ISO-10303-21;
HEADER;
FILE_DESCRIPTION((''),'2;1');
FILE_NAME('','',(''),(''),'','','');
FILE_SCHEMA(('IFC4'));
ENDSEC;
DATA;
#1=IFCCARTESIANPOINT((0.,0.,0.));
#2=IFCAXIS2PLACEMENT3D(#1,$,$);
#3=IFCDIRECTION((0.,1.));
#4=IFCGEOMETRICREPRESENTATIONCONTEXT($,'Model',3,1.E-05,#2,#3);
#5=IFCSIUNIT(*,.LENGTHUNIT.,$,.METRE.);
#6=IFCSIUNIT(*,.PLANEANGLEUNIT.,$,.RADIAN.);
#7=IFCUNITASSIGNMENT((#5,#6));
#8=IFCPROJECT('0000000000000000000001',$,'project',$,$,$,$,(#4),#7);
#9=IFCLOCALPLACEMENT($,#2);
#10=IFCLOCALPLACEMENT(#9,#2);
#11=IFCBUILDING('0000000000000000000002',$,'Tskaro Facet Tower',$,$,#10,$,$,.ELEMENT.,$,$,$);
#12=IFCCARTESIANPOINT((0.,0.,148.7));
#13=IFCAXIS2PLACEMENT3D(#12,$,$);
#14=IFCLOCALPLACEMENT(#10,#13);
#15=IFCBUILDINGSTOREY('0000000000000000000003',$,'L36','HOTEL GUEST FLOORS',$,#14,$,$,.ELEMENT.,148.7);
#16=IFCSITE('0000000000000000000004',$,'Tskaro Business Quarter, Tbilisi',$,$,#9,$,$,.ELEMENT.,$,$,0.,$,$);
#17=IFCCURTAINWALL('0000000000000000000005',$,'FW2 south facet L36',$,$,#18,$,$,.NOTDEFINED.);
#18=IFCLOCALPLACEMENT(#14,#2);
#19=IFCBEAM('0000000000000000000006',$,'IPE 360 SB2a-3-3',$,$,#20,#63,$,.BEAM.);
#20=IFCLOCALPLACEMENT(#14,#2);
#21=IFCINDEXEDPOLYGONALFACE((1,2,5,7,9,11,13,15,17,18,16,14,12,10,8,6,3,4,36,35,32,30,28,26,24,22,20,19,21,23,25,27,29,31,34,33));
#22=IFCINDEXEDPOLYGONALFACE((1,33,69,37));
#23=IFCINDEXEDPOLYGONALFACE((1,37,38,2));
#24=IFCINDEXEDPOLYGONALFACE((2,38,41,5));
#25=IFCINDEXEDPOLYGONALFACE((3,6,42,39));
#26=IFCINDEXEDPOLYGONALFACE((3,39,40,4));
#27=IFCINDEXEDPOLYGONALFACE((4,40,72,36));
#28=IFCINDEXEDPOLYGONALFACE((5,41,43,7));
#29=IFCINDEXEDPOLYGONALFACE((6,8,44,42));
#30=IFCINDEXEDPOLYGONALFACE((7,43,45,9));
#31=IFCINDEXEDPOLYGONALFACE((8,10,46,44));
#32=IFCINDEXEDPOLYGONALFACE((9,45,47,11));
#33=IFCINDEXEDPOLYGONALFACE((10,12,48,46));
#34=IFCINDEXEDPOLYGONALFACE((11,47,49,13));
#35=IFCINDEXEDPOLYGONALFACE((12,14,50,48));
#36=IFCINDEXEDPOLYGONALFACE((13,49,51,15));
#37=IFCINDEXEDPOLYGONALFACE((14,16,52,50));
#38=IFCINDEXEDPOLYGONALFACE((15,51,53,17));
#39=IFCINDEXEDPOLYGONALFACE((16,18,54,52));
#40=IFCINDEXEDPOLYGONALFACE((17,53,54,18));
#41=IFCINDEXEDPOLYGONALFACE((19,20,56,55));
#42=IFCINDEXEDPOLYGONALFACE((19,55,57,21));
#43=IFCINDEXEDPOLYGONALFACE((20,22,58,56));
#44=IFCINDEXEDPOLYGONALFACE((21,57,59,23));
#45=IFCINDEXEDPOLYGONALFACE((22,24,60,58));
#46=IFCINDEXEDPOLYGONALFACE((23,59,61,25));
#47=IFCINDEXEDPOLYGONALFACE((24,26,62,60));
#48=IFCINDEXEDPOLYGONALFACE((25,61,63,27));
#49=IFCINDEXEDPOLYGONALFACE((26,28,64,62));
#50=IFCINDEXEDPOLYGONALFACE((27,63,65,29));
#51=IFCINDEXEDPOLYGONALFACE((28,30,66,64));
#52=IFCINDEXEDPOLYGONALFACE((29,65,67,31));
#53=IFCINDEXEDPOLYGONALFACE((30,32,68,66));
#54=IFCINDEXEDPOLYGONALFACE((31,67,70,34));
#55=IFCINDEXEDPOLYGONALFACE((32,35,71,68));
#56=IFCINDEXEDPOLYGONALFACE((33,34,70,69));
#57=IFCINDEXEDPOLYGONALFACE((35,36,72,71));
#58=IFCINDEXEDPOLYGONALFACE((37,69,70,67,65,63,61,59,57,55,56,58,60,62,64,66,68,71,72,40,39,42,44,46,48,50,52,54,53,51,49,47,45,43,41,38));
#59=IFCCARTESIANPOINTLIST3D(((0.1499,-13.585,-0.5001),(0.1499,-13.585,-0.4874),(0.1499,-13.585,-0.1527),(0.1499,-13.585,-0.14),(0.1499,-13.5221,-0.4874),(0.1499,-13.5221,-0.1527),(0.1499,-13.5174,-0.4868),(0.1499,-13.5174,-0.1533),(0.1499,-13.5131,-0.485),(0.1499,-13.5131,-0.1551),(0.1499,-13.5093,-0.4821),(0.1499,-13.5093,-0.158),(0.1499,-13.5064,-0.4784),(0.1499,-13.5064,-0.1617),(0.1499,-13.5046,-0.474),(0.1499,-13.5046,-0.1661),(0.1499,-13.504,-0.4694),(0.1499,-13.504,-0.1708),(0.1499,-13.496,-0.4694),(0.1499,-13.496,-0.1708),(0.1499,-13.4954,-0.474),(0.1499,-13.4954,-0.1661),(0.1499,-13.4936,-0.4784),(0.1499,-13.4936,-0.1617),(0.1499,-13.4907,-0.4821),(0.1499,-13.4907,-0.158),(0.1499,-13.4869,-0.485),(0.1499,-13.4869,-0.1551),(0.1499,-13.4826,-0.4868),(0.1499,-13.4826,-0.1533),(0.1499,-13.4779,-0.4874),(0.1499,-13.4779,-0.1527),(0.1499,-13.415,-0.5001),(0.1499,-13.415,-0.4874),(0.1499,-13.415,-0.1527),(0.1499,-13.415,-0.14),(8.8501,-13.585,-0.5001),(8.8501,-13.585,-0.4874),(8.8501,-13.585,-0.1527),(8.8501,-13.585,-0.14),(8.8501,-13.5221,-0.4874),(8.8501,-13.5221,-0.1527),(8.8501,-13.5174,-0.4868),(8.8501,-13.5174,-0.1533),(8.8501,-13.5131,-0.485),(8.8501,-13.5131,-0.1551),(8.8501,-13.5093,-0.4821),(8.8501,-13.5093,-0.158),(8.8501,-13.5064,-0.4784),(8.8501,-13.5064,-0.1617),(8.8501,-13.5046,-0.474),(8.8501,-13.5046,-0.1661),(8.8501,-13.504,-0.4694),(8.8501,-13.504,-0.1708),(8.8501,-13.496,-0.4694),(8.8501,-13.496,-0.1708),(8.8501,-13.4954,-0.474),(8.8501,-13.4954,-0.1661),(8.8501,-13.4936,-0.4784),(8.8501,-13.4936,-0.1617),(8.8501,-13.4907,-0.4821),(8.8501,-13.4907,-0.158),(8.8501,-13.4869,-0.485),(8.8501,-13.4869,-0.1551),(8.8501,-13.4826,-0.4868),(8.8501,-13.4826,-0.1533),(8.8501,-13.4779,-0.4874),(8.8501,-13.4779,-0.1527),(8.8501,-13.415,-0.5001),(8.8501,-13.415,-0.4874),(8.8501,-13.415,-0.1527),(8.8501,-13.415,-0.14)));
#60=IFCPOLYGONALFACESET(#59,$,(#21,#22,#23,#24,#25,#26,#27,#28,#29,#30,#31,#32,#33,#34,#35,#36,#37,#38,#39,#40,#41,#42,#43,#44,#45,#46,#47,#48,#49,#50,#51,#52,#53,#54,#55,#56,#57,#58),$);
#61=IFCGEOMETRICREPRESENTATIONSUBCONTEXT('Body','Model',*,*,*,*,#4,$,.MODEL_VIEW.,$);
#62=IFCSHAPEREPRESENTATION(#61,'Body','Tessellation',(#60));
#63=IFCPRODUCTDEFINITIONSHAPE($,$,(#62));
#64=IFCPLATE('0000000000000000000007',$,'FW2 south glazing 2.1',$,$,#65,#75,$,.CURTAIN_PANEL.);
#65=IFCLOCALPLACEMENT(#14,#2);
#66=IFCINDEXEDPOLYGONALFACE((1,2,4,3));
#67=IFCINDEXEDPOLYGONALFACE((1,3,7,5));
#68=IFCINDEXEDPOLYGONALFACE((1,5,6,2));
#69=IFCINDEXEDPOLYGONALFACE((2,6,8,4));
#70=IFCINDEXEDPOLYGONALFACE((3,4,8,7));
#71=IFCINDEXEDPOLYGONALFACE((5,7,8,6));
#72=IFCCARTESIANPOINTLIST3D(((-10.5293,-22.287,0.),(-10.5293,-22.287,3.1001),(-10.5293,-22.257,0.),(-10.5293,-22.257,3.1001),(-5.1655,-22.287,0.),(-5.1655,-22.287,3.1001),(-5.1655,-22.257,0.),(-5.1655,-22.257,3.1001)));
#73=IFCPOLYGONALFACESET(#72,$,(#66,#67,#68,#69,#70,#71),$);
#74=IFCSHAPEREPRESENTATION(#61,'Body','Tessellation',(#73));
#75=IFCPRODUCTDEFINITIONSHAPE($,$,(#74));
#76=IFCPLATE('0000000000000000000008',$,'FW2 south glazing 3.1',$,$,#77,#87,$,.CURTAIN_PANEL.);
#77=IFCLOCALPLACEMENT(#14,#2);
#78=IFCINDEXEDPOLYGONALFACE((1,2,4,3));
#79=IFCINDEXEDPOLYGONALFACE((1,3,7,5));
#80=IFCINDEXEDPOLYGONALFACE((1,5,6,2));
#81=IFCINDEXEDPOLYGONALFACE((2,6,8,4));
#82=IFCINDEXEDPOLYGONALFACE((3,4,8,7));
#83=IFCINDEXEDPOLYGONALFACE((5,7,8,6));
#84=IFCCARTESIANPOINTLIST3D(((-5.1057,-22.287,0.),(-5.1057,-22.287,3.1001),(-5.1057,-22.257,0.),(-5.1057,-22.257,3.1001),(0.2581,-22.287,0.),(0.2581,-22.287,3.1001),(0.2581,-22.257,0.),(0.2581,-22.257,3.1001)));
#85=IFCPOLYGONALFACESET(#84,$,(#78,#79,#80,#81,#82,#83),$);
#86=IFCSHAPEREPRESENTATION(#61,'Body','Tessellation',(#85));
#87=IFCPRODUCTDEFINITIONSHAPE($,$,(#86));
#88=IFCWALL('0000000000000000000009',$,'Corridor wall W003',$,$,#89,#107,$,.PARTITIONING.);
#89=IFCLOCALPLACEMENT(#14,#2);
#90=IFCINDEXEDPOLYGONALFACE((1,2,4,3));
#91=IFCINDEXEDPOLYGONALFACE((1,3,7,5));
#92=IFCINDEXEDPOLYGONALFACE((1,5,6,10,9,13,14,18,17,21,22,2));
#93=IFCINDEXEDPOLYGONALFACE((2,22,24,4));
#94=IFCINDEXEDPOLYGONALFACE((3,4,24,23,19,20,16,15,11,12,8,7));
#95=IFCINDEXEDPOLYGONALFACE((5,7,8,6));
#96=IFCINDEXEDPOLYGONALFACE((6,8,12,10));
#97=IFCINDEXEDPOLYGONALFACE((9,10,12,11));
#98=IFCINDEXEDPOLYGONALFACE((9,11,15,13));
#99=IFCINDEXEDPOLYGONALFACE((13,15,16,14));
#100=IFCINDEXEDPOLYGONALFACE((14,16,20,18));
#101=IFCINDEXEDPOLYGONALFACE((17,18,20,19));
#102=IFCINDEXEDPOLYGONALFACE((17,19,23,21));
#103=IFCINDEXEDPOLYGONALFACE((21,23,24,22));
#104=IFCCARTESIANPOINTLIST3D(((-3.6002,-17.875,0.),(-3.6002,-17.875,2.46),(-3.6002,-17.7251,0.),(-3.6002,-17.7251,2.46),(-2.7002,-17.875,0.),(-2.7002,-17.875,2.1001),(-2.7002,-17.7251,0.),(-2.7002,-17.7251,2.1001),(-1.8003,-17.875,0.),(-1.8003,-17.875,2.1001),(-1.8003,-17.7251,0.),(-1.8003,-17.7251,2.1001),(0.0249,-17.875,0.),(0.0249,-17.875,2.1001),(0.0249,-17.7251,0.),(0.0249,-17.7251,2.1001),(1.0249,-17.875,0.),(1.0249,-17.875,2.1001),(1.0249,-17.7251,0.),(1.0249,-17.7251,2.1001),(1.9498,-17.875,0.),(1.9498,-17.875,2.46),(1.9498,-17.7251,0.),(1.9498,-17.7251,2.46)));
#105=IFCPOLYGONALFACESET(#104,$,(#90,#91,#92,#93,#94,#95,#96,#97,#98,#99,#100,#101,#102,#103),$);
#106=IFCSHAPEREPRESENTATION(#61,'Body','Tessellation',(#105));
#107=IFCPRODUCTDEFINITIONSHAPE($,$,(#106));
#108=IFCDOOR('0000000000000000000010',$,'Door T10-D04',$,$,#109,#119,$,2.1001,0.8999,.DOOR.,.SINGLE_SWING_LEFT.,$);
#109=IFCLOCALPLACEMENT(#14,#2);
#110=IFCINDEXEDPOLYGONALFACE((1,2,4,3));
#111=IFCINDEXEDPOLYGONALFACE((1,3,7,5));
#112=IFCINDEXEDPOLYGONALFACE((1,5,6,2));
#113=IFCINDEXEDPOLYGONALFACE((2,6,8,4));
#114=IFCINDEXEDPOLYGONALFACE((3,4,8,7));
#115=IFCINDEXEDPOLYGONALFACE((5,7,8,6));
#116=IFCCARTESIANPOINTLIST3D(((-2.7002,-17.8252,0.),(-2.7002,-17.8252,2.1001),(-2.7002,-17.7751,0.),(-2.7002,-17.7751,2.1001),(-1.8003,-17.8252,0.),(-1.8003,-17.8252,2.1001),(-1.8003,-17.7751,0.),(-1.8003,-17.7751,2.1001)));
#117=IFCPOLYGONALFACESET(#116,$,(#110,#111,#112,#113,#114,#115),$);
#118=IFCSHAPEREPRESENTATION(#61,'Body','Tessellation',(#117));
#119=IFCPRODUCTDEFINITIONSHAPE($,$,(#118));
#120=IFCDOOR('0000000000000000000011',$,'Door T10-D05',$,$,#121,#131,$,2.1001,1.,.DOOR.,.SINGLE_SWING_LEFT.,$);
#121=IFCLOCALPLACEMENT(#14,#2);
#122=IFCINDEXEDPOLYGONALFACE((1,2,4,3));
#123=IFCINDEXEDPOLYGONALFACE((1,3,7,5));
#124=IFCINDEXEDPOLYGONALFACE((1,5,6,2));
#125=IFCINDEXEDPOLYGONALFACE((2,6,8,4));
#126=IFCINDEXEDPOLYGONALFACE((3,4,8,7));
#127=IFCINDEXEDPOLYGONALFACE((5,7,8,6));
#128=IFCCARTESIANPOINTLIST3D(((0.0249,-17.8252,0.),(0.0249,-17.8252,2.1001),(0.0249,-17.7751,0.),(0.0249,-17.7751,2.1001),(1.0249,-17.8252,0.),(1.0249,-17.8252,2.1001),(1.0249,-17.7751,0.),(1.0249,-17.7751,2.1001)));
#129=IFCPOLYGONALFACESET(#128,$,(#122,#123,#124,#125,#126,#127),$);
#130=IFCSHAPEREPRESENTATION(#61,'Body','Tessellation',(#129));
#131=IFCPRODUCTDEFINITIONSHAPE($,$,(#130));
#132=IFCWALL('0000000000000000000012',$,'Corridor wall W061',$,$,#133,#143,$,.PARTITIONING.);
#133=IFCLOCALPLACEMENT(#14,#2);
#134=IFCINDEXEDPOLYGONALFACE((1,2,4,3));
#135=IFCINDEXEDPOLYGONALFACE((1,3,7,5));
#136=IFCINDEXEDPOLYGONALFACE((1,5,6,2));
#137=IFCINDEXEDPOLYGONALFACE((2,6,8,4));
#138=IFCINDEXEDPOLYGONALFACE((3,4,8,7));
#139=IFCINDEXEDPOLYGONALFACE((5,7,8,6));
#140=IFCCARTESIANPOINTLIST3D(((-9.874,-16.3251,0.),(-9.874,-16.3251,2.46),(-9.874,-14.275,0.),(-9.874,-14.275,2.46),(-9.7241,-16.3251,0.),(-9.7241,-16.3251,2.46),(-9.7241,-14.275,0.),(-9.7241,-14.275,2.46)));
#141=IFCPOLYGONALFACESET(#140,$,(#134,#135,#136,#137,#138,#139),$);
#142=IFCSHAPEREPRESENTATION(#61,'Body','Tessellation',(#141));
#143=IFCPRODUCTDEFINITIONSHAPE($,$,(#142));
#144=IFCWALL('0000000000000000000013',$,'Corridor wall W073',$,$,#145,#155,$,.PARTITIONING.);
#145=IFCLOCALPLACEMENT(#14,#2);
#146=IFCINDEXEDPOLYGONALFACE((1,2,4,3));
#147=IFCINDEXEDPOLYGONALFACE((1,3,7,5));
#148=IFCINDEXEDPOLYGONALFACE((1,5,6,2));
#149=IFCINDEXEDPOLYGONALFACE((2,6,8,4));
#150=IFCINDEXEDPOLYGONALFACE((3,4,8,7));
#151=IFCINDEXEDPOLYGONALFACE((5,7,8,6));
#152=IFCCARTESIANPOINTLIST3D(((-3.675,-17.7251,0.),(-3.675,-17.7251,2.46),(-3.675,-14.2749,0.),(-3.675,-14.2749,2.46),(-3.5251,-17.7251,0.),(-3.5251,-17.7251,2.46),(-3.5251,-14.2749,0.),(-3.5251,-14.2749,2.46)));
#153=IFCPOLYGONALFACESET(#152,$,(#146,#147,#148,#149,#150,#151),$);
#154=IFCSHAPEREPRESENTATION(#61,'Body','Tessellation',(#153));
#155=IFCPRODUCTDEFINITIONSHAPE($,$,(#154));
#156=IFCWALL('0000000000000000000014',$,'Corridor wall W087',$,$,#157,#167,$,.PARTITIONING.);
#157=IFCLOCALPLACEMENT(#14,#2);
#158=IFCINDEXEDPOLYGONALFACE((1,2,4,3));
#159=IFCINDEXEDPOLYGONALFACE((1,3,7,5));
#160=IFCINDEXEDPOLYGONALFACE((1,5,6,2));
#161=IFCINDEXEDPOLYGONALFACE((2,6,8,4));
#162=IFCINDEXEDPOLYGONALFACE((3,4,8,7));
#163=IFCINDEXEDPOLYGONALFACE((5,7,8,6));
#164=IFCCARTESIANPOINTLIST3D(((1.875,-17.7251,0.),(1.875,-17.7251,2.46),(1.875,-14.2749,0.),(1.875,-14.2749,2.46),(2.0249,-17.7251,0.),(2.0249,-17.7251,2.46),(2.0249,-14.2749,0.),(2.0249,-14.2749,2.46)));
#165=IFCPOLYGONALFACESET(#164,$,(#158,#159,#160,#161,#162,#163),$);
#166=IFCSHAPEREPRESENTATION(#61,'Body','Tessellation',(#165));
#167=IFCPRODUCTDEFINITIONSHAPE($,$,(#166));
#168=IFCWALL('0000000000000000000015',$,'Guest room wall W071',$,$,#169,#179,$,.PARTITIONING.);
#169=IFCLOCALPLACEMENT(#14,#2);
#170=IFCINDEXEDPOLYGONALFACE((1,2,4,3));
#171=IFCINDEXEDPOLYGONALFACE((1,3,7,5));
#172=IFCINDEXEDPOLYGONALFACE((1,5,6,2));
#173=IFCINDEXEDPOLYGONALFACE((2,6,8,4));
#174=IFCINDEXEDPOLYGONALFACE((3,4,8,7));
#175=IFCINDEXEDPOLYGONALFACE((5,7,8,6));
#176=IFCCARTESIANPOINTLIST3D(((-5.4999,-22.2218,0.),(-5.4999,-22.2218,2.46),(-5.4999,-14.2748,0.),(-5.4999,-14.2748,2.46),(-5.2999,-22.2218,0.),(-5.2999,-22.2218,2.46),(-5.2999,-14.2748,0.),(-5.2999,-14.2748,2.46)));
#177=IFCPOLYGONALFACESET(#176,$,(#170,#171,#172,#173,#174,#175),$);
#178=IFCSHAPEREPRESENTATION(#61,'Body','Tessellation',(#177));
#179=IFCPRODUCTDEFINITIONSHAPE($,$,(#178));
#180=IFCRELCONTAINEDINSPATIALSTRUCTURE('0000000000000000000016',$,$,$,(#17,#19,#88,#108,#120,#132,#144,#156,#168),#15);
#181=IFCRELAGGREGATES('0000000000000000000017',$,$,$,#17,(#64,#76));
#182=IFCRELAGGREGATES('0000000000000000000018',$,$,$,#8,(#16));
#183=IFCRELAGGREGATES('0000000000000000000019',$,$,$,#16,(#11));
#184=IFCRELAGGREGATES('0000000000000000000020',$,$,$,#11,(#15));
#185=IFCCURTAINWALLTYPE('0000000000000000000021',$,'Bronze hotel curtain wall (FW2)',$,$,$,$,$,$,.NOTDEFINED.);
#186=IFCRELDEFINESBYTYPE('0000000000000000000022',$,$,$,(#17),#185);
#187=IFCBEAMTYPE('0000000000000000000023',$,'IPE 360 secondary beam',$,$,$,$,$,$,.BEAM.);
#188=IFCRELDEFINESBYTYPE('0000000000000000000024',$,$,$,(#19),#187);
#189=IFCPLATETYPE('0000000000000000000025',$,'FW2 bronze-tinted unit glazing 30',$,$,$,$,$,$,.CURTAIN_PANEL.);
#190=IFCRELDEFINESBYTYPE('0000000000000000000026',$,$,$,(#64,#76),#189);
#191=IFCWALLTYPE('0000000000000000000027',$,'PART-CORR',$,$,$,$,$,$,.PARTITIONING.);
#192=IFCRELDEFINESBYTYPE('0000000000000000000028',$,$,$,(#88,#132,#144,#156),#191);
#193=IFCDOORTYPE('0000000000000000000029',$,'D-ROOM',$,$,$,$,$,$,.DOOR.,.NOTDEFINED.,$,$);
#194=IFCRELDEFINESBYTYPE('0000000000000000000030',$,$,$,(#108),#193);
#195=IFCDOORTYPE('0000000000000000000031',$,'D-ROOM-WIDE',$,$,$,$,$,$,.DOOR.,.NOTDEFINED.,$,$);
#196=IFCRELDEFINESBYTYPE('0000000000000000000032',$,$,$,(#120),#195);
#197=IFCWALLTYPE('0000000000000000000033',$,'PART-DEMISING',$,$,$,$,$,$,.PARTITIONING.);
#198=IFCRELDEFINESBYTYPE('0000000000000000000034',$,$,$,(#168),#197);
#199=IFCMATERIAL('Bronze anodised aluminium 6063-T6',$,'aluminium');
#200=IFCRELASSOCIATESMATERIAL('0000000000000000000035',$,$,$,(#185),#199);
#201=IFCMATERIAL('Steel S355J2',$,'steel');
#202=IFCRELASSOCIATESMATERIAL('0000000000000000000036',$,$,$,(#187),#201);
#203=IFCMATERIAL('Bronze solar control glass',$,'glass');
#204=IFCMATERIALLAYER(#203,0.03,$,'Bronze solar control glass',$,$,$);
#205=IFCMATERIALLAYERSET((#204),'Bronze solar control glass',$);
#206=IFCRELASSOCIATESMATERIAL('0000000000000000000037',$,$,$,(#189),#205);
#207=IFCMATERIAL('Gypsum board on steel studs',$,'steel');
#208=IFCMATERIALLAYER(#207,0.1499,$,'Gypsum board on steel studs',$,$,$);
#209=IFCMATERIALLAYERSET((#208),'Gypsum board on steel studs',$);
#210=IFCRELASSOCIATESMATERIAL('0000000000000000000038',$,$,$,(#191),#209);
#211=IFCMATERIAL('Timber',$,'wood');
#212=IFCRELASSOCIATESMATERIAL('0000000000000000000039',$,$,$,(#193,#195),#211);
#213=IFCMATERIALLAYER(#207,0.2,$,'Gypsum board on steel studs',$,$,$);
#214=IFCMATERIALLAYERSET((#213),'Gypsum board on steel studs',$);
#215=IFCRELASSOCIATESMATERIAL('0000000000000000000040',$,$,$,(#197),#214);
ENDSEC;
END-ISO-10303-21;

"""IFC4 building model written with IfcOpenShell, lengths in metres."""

from ifc_helpers import new_model, si_unit, direction, frame, frame_2d, origin, origin_2d, place, context, subcontext, project, spatial, rectangle, i_section, extrude, material, layer, layer_set, material_profile, profile_set, type_object, element, fill, aggregate, save


model = new_model("IFC4")

# Units and contexts
model_context = context("Model", 3, precision=1e-05, world=origin(), true_north=direction((0.0, 1.0)))
body_context = subcontext(model_context, "Body", "Model", "MODEL_VIEW")
ifc_project = project(units=[si_unit("LENGTHUNIT", "METRE"), si_unit("PLANEANGLEUNIT", "RADIAN")], contexts=[model_context])

# Site, building, storey
site_placement = place(None, origin())
site = spatial("IfcSite", under=ifc_project, at=site_placement, Name="Tskaro Business Quarter, Tbilisi", CompositionType="ELEMENT", RefElevation=0.0)
building_placement = place(site_placement, origin())
building = spatial("IfcBuilding", under=site, at=building_placement, Name="Tskaro Facet Tower", CompositionType="ELEMENT")
storey_placement = place(building_placement, frame((0.0, 0.0, 148.7)))
storey = spatial("IfcBuildingStorey", under=building, at=storey_placement, Name="L36", Description="HOTEL GUEST FLOORS", CompositionType="ELEMENT", Elevation=148.7)

# Curtain wall
ifc_material_1 = material(Name="Bronze anodised aluminium 6063-T6", Category="aluminium")
curtain_wall_type = type_object("IfcCurtainWallType", Name="Bronze hotel curtain wall (FW2)", PredefinedType="NOTDEFINED", material=ifc_material_1)
curtain_wall_placement = place(storey_placement, origin())
curtain_wall = element("IfcCurtainWall", 1, at=curtain_wall_placement, inside=storey, type_object=curtain_wall_type, Name="FW2 south facet L36", PredefinedType="NOTDEFINED")

# Beam
ifc_material_2 = material(Name="Steel S355J2", Category="steel")
ifc_material_profile_1 = material_profile(ifc_material_2, i_section(OverallWidth=0.1699, OverallDepth=0.3601, WebThickness=0.0081, FlangeThickness=0.0127, FilletRadius=0.0181, at=origin_2d()), Name="IPE 360")
ifc_profile_set_1 = profile_set([ifc_material_profile_1], Name="Steel S355J2")
beam_type_1 = type_object("IfcBeamType", Name="IPE 360 secondary beam", PredefinedType="BEAM", material=ifc_profile_set_1)
for number, where, z_axis, x_axis, name in (
    (2, (0.1499, -13.5, -0.3201), (1.0, 0.0, 0.0), (0.0, 1.0, 0.0), "IPE 360 SB2a-3-3"),
):
    element("IfcBeam", number, at=place(storey_placement, frame(where, z_axis=z_axis, x_axis=x_axis)), inside=storey, type_object=beam_type_1, Name=name, PredefinedType="BEAM", context=body_context, shape_type="SweptSolid", body=[
        extrude(i_section(OverallWidth=0.1699, OverallDepth=0.3601, WebThickness=0.0081, FlangeThickness=0.0127, FilletRadius=0.0181, at=origin_2d()), origin(), (0.0, 0.0, 1.0), 8.7002),
    ])

# Plates
ifc_material_3 = material(Name="Bronze solar control glass", Category="glass")
ifc_layer_1 = layer(ifc_material_3, 0.03, Name="Bronze solar control glass")
ifc_layer_set_1 = layer_set([ifc_layer_1], Name="Bronze solar control glass")
plate_type = type_object("IfcPlateType", Name="FW2 bronze-tinted unit glazing 30", PredefinedType="CURTAIN_PANEL", material=ifc_layer_set_1)
plate_1_placement = place(storey_placement, frame((-7.8474, -22.272, 0.0), z_axis=(0.0, 0.0, 1.0), x_axis=(1.0, 0.0, 0.0)))
plate_1 = element("IfcPlate", 3, at=plate_1_placement, type_object=plate_type, Name="FW2 south glazing 2.1", PredefinedType="CURTAIN_PANEL", context=body_context, shape_type="SweptSolid", body=[
    extrude(rectangle(XDim=5.3638, YDim=0.03, at=origin_2d()), origin(), (0.0, 0.0, 1.0), 3.1001),
])
plate_2_placement = place(storey_placement, frame((-2.4238, -22.272, 0.0), z_axis=(0.0, 0.0, 1.0), x_axis=(1.0, 0.0, 0.0)))
plate_2 = element("IfcPlate", 4, at=plate_2_placement, type_object=plate_type, Name="FW2 south glazing 3.1", PredefinedType="CURTAIN_PANEL", context=body_context, shape_type="SweptSolid", body=[
    extrude(rectangle(XDim=5.3638, YDim=0.03, at=origin_2d()), origin(), (0.0, 0.0, 1.0), 3.1001),
])
aggregate(curtain_wall, [plate_1, plate_2])

# Wall, openings, doors
ifc_material_4 = material(Name="Gypsum board on steel studs", Category="steel")
ifc_layer_2 = layer(ifc_material_4, 0.1499, Name="Gypsum board on steel studs")
ifc_layer_set_2 = layer_set([ifc_layer_2], Name="Gypsum board on steel studs")
wall_type_1 = type_object("IfcWallType", Name="PART-CORR", PredefinedType="PARTITIONING", material=ifc_layer_set_2)
wall_1_placement = place(storey_placement, frame((-3.6001, -17.8, 0.0), z_axis=(0.0, 0.0, 1.0), x_axis=(1.0, 0.0, 0.0)))
wall_1 = element("IfcWall", 5, at=wall_1_placement, inside=storey, type_object=wall_type_1, Name="Corridor wall W003", PredefinedType="PARTITIONING", context=body_context, shape_type="SweptSolid", body=[
    extrude(rectangle(XDim=5.55, YDim=0.1499, at=frame_2d((2.7749, 0.0))), origin(), (0.0, 0.0, 1.0), 2.46),
])
opening_1_placement = place(wall_1_placement, frame((0.8999, 0.0, 0.0)))
opening_1 = element("IfcOpeningElement", 6, at=opening_1_placement, cuts=wall_1, PredefinedType="OPENING", context=body_context, shape_type="SweptSolid", body=[
    extrude(rectangle(XDim=0.8999, YDim=2.1001, at=frame_2d((0.45, 1.05))), frame((0.0, 0.085, 0.0), z_axis=(0.0, -1.0, 0.0), x_axis=(1.0, 0.0, 0.0)), (0.0, 0.0, 1.0), 0.1699),
])
opening_2_placement = place(wall_1_placement, frame((3.625, 0.0, 0.0)))
opening_2 = element("IfcOpeningElement", 7, at=opening_2_placement, cuts=wall_1, PredefinedType="OPENING", context=body_context, shape_type="SweptSolid", body=[
    extrude(rectangle(XDim=1.0, YDim=2.1001, at=frame_2d((0.5, 1.05))), frame((0.0, 0.085, 0.0), z_axis=(0.0, -1.0, 0.0), x_axis=(1.0, 0.0, 0.0)), (0.0, 0.0, 1.0), 0.1699),
])
ifc_material_5 = material(Name="Timber", Category="wood")
door_type_1 = type_object("IfcDoorType", Name="D-ROOM", OperationType="NOTDEFINED", PredefinedType="DOOR", material=ifc_material_5)
door_1_placement = place(opening_1_placement, origin())
door_1 = element("IfcDoor", 8, at=door_1_placement, inside=storey, type_object=door_type_1, Name="Door T10-D04", OperationType="SINGLE_SWING_LEFT", OverallHeight=2.1001, OverallWidth=0.8999, PredefinedType="DOOR", context=body_context, shape_type="SweptSolid", body=[
    extrude(rectangle(XDim=0.8999, YDim=2.1001, at=frame_2d((0.45, 1.05))), frame((0.0, 0.0249, 0.0), z_axis=(0.0, -1.0, 0.0), x_axis=(1.0, 0.0, 0.0)), (0.0, 0.0, 1.0), 0.05),
])
fill(opening_1, door_1)
door_type_2 = type_object("IfcDoorType", Name="D-ROOM-WIDE", OperationType="NOTDEFINED", PredefinedType="DOOR", material=ifc_material_5)
door_2_placement = place(opening_2_placement, origin())
door_2 = element("IfcDoor", 9, at=door_2_placement, inside=storey, type_object=door_type_2, Name="Door T10-D05", OperationType="SINGLE_SWING_LEFT", OverallHeight=2.1001, OverallWidth=1.0, PredefinedType="DOOR", context=body_context, shape_type="SweptSolid", body=[
    extrude(rectangle(XDim=1.0, YDim=2.1001, at=frame_2d((0.5, 1.05))), frame((0.0, 0.0249, 0.0), z_axis=(0.0, -1.0, 0.0), x_axis=(1.0, 0.0, 0.0)), (0.0, 0.0, 1.0), 0.05),
])
fill(opening_2, door_2)

# Walls
wall_2_placement = place(storey_placement, frame((-9.7991, -16.325, 0.0), z_axis=(0.0, 0.0, 1.0), x_axis=(0.0, 1.0, 0.0)))
element("IfcWall", 10, at=wall_2_placement, inside=storey, type_object=wall_type_1, Name="Corridor wall W061", PredefinedType="PARTITIONING", context=body_context, shape_type="SweptSolid", body=[
    extrude(rectangle(XDim=2.05, YDim=0.1499, at=frame_2d((1.0249, 0.0))), origin(), (0.0, 0.0, 1.0), 2.46),
])
for number, where, z_axis, x_axis, name in (
    (11, (-3.6001, -17.7251, 0.0), (0.0, 0.0, 1.0), (0.0, 1.0, 0.0), "Corridor wall W073"),
    (12, (1.95, -17.7251, 0.0), (0.0, 0.0, 1.0), (0.0, 1.0, 0.0), "Corridor wall W087"),
):
    element("IfcWall", number, at=place(storey_placement, frame(where, z_axis=z_axis, x_axis=x_axis)), inside=storey, type_object=wall_type_1, Name=name, PredefinedType="PARTITIONING", context=body_context, shape_type="SweptSolid", body=[
        extrude(rectangle(XDim=3.4502, YDim=0.1499, at=frame_2d((1.7251, 0.0))), origin(), (0.0, 0.0, 1.0), 2.46),
    ])
ifc_layer_3 = layer(ifc_material_4, 0.2, Name="Gypsum board on steel studs")
ifc_layer_set_3 = layer_set([ifc_layer_3], Name="Gypsum board on steel studs")
wall_type_2 = type_object("IfcWallType", Name="PART-DEMISING", PredefinedType="PARTITIONING", material=ifc_layer_set_3)
for number, where, z_axis, x_axis, name in (
    (13, (-5.3999, -22.2219, 0.0), (0.0, 0.0, 1.0), (0.0, 1.0, 0.0), "Guest room wall W071"),
):
    element("IfcWall", number, at=place(storey_placement, frame(where, z_axis=z_axis, x_axis=x_axis)), inside=storey, type_object=wall_type_2, Name=name, PredefinedType="PARTITIONING", context=body_context, shape_type="SweptSolid", body=[
        extrude(rectangle(XDim=7.947, YDim=0.2, at=frame_2d((3.9736, 0.0))), origin(), (0.0, 0.0, 1.0), 2.46),
    ])

save(model, "model.ifc")
